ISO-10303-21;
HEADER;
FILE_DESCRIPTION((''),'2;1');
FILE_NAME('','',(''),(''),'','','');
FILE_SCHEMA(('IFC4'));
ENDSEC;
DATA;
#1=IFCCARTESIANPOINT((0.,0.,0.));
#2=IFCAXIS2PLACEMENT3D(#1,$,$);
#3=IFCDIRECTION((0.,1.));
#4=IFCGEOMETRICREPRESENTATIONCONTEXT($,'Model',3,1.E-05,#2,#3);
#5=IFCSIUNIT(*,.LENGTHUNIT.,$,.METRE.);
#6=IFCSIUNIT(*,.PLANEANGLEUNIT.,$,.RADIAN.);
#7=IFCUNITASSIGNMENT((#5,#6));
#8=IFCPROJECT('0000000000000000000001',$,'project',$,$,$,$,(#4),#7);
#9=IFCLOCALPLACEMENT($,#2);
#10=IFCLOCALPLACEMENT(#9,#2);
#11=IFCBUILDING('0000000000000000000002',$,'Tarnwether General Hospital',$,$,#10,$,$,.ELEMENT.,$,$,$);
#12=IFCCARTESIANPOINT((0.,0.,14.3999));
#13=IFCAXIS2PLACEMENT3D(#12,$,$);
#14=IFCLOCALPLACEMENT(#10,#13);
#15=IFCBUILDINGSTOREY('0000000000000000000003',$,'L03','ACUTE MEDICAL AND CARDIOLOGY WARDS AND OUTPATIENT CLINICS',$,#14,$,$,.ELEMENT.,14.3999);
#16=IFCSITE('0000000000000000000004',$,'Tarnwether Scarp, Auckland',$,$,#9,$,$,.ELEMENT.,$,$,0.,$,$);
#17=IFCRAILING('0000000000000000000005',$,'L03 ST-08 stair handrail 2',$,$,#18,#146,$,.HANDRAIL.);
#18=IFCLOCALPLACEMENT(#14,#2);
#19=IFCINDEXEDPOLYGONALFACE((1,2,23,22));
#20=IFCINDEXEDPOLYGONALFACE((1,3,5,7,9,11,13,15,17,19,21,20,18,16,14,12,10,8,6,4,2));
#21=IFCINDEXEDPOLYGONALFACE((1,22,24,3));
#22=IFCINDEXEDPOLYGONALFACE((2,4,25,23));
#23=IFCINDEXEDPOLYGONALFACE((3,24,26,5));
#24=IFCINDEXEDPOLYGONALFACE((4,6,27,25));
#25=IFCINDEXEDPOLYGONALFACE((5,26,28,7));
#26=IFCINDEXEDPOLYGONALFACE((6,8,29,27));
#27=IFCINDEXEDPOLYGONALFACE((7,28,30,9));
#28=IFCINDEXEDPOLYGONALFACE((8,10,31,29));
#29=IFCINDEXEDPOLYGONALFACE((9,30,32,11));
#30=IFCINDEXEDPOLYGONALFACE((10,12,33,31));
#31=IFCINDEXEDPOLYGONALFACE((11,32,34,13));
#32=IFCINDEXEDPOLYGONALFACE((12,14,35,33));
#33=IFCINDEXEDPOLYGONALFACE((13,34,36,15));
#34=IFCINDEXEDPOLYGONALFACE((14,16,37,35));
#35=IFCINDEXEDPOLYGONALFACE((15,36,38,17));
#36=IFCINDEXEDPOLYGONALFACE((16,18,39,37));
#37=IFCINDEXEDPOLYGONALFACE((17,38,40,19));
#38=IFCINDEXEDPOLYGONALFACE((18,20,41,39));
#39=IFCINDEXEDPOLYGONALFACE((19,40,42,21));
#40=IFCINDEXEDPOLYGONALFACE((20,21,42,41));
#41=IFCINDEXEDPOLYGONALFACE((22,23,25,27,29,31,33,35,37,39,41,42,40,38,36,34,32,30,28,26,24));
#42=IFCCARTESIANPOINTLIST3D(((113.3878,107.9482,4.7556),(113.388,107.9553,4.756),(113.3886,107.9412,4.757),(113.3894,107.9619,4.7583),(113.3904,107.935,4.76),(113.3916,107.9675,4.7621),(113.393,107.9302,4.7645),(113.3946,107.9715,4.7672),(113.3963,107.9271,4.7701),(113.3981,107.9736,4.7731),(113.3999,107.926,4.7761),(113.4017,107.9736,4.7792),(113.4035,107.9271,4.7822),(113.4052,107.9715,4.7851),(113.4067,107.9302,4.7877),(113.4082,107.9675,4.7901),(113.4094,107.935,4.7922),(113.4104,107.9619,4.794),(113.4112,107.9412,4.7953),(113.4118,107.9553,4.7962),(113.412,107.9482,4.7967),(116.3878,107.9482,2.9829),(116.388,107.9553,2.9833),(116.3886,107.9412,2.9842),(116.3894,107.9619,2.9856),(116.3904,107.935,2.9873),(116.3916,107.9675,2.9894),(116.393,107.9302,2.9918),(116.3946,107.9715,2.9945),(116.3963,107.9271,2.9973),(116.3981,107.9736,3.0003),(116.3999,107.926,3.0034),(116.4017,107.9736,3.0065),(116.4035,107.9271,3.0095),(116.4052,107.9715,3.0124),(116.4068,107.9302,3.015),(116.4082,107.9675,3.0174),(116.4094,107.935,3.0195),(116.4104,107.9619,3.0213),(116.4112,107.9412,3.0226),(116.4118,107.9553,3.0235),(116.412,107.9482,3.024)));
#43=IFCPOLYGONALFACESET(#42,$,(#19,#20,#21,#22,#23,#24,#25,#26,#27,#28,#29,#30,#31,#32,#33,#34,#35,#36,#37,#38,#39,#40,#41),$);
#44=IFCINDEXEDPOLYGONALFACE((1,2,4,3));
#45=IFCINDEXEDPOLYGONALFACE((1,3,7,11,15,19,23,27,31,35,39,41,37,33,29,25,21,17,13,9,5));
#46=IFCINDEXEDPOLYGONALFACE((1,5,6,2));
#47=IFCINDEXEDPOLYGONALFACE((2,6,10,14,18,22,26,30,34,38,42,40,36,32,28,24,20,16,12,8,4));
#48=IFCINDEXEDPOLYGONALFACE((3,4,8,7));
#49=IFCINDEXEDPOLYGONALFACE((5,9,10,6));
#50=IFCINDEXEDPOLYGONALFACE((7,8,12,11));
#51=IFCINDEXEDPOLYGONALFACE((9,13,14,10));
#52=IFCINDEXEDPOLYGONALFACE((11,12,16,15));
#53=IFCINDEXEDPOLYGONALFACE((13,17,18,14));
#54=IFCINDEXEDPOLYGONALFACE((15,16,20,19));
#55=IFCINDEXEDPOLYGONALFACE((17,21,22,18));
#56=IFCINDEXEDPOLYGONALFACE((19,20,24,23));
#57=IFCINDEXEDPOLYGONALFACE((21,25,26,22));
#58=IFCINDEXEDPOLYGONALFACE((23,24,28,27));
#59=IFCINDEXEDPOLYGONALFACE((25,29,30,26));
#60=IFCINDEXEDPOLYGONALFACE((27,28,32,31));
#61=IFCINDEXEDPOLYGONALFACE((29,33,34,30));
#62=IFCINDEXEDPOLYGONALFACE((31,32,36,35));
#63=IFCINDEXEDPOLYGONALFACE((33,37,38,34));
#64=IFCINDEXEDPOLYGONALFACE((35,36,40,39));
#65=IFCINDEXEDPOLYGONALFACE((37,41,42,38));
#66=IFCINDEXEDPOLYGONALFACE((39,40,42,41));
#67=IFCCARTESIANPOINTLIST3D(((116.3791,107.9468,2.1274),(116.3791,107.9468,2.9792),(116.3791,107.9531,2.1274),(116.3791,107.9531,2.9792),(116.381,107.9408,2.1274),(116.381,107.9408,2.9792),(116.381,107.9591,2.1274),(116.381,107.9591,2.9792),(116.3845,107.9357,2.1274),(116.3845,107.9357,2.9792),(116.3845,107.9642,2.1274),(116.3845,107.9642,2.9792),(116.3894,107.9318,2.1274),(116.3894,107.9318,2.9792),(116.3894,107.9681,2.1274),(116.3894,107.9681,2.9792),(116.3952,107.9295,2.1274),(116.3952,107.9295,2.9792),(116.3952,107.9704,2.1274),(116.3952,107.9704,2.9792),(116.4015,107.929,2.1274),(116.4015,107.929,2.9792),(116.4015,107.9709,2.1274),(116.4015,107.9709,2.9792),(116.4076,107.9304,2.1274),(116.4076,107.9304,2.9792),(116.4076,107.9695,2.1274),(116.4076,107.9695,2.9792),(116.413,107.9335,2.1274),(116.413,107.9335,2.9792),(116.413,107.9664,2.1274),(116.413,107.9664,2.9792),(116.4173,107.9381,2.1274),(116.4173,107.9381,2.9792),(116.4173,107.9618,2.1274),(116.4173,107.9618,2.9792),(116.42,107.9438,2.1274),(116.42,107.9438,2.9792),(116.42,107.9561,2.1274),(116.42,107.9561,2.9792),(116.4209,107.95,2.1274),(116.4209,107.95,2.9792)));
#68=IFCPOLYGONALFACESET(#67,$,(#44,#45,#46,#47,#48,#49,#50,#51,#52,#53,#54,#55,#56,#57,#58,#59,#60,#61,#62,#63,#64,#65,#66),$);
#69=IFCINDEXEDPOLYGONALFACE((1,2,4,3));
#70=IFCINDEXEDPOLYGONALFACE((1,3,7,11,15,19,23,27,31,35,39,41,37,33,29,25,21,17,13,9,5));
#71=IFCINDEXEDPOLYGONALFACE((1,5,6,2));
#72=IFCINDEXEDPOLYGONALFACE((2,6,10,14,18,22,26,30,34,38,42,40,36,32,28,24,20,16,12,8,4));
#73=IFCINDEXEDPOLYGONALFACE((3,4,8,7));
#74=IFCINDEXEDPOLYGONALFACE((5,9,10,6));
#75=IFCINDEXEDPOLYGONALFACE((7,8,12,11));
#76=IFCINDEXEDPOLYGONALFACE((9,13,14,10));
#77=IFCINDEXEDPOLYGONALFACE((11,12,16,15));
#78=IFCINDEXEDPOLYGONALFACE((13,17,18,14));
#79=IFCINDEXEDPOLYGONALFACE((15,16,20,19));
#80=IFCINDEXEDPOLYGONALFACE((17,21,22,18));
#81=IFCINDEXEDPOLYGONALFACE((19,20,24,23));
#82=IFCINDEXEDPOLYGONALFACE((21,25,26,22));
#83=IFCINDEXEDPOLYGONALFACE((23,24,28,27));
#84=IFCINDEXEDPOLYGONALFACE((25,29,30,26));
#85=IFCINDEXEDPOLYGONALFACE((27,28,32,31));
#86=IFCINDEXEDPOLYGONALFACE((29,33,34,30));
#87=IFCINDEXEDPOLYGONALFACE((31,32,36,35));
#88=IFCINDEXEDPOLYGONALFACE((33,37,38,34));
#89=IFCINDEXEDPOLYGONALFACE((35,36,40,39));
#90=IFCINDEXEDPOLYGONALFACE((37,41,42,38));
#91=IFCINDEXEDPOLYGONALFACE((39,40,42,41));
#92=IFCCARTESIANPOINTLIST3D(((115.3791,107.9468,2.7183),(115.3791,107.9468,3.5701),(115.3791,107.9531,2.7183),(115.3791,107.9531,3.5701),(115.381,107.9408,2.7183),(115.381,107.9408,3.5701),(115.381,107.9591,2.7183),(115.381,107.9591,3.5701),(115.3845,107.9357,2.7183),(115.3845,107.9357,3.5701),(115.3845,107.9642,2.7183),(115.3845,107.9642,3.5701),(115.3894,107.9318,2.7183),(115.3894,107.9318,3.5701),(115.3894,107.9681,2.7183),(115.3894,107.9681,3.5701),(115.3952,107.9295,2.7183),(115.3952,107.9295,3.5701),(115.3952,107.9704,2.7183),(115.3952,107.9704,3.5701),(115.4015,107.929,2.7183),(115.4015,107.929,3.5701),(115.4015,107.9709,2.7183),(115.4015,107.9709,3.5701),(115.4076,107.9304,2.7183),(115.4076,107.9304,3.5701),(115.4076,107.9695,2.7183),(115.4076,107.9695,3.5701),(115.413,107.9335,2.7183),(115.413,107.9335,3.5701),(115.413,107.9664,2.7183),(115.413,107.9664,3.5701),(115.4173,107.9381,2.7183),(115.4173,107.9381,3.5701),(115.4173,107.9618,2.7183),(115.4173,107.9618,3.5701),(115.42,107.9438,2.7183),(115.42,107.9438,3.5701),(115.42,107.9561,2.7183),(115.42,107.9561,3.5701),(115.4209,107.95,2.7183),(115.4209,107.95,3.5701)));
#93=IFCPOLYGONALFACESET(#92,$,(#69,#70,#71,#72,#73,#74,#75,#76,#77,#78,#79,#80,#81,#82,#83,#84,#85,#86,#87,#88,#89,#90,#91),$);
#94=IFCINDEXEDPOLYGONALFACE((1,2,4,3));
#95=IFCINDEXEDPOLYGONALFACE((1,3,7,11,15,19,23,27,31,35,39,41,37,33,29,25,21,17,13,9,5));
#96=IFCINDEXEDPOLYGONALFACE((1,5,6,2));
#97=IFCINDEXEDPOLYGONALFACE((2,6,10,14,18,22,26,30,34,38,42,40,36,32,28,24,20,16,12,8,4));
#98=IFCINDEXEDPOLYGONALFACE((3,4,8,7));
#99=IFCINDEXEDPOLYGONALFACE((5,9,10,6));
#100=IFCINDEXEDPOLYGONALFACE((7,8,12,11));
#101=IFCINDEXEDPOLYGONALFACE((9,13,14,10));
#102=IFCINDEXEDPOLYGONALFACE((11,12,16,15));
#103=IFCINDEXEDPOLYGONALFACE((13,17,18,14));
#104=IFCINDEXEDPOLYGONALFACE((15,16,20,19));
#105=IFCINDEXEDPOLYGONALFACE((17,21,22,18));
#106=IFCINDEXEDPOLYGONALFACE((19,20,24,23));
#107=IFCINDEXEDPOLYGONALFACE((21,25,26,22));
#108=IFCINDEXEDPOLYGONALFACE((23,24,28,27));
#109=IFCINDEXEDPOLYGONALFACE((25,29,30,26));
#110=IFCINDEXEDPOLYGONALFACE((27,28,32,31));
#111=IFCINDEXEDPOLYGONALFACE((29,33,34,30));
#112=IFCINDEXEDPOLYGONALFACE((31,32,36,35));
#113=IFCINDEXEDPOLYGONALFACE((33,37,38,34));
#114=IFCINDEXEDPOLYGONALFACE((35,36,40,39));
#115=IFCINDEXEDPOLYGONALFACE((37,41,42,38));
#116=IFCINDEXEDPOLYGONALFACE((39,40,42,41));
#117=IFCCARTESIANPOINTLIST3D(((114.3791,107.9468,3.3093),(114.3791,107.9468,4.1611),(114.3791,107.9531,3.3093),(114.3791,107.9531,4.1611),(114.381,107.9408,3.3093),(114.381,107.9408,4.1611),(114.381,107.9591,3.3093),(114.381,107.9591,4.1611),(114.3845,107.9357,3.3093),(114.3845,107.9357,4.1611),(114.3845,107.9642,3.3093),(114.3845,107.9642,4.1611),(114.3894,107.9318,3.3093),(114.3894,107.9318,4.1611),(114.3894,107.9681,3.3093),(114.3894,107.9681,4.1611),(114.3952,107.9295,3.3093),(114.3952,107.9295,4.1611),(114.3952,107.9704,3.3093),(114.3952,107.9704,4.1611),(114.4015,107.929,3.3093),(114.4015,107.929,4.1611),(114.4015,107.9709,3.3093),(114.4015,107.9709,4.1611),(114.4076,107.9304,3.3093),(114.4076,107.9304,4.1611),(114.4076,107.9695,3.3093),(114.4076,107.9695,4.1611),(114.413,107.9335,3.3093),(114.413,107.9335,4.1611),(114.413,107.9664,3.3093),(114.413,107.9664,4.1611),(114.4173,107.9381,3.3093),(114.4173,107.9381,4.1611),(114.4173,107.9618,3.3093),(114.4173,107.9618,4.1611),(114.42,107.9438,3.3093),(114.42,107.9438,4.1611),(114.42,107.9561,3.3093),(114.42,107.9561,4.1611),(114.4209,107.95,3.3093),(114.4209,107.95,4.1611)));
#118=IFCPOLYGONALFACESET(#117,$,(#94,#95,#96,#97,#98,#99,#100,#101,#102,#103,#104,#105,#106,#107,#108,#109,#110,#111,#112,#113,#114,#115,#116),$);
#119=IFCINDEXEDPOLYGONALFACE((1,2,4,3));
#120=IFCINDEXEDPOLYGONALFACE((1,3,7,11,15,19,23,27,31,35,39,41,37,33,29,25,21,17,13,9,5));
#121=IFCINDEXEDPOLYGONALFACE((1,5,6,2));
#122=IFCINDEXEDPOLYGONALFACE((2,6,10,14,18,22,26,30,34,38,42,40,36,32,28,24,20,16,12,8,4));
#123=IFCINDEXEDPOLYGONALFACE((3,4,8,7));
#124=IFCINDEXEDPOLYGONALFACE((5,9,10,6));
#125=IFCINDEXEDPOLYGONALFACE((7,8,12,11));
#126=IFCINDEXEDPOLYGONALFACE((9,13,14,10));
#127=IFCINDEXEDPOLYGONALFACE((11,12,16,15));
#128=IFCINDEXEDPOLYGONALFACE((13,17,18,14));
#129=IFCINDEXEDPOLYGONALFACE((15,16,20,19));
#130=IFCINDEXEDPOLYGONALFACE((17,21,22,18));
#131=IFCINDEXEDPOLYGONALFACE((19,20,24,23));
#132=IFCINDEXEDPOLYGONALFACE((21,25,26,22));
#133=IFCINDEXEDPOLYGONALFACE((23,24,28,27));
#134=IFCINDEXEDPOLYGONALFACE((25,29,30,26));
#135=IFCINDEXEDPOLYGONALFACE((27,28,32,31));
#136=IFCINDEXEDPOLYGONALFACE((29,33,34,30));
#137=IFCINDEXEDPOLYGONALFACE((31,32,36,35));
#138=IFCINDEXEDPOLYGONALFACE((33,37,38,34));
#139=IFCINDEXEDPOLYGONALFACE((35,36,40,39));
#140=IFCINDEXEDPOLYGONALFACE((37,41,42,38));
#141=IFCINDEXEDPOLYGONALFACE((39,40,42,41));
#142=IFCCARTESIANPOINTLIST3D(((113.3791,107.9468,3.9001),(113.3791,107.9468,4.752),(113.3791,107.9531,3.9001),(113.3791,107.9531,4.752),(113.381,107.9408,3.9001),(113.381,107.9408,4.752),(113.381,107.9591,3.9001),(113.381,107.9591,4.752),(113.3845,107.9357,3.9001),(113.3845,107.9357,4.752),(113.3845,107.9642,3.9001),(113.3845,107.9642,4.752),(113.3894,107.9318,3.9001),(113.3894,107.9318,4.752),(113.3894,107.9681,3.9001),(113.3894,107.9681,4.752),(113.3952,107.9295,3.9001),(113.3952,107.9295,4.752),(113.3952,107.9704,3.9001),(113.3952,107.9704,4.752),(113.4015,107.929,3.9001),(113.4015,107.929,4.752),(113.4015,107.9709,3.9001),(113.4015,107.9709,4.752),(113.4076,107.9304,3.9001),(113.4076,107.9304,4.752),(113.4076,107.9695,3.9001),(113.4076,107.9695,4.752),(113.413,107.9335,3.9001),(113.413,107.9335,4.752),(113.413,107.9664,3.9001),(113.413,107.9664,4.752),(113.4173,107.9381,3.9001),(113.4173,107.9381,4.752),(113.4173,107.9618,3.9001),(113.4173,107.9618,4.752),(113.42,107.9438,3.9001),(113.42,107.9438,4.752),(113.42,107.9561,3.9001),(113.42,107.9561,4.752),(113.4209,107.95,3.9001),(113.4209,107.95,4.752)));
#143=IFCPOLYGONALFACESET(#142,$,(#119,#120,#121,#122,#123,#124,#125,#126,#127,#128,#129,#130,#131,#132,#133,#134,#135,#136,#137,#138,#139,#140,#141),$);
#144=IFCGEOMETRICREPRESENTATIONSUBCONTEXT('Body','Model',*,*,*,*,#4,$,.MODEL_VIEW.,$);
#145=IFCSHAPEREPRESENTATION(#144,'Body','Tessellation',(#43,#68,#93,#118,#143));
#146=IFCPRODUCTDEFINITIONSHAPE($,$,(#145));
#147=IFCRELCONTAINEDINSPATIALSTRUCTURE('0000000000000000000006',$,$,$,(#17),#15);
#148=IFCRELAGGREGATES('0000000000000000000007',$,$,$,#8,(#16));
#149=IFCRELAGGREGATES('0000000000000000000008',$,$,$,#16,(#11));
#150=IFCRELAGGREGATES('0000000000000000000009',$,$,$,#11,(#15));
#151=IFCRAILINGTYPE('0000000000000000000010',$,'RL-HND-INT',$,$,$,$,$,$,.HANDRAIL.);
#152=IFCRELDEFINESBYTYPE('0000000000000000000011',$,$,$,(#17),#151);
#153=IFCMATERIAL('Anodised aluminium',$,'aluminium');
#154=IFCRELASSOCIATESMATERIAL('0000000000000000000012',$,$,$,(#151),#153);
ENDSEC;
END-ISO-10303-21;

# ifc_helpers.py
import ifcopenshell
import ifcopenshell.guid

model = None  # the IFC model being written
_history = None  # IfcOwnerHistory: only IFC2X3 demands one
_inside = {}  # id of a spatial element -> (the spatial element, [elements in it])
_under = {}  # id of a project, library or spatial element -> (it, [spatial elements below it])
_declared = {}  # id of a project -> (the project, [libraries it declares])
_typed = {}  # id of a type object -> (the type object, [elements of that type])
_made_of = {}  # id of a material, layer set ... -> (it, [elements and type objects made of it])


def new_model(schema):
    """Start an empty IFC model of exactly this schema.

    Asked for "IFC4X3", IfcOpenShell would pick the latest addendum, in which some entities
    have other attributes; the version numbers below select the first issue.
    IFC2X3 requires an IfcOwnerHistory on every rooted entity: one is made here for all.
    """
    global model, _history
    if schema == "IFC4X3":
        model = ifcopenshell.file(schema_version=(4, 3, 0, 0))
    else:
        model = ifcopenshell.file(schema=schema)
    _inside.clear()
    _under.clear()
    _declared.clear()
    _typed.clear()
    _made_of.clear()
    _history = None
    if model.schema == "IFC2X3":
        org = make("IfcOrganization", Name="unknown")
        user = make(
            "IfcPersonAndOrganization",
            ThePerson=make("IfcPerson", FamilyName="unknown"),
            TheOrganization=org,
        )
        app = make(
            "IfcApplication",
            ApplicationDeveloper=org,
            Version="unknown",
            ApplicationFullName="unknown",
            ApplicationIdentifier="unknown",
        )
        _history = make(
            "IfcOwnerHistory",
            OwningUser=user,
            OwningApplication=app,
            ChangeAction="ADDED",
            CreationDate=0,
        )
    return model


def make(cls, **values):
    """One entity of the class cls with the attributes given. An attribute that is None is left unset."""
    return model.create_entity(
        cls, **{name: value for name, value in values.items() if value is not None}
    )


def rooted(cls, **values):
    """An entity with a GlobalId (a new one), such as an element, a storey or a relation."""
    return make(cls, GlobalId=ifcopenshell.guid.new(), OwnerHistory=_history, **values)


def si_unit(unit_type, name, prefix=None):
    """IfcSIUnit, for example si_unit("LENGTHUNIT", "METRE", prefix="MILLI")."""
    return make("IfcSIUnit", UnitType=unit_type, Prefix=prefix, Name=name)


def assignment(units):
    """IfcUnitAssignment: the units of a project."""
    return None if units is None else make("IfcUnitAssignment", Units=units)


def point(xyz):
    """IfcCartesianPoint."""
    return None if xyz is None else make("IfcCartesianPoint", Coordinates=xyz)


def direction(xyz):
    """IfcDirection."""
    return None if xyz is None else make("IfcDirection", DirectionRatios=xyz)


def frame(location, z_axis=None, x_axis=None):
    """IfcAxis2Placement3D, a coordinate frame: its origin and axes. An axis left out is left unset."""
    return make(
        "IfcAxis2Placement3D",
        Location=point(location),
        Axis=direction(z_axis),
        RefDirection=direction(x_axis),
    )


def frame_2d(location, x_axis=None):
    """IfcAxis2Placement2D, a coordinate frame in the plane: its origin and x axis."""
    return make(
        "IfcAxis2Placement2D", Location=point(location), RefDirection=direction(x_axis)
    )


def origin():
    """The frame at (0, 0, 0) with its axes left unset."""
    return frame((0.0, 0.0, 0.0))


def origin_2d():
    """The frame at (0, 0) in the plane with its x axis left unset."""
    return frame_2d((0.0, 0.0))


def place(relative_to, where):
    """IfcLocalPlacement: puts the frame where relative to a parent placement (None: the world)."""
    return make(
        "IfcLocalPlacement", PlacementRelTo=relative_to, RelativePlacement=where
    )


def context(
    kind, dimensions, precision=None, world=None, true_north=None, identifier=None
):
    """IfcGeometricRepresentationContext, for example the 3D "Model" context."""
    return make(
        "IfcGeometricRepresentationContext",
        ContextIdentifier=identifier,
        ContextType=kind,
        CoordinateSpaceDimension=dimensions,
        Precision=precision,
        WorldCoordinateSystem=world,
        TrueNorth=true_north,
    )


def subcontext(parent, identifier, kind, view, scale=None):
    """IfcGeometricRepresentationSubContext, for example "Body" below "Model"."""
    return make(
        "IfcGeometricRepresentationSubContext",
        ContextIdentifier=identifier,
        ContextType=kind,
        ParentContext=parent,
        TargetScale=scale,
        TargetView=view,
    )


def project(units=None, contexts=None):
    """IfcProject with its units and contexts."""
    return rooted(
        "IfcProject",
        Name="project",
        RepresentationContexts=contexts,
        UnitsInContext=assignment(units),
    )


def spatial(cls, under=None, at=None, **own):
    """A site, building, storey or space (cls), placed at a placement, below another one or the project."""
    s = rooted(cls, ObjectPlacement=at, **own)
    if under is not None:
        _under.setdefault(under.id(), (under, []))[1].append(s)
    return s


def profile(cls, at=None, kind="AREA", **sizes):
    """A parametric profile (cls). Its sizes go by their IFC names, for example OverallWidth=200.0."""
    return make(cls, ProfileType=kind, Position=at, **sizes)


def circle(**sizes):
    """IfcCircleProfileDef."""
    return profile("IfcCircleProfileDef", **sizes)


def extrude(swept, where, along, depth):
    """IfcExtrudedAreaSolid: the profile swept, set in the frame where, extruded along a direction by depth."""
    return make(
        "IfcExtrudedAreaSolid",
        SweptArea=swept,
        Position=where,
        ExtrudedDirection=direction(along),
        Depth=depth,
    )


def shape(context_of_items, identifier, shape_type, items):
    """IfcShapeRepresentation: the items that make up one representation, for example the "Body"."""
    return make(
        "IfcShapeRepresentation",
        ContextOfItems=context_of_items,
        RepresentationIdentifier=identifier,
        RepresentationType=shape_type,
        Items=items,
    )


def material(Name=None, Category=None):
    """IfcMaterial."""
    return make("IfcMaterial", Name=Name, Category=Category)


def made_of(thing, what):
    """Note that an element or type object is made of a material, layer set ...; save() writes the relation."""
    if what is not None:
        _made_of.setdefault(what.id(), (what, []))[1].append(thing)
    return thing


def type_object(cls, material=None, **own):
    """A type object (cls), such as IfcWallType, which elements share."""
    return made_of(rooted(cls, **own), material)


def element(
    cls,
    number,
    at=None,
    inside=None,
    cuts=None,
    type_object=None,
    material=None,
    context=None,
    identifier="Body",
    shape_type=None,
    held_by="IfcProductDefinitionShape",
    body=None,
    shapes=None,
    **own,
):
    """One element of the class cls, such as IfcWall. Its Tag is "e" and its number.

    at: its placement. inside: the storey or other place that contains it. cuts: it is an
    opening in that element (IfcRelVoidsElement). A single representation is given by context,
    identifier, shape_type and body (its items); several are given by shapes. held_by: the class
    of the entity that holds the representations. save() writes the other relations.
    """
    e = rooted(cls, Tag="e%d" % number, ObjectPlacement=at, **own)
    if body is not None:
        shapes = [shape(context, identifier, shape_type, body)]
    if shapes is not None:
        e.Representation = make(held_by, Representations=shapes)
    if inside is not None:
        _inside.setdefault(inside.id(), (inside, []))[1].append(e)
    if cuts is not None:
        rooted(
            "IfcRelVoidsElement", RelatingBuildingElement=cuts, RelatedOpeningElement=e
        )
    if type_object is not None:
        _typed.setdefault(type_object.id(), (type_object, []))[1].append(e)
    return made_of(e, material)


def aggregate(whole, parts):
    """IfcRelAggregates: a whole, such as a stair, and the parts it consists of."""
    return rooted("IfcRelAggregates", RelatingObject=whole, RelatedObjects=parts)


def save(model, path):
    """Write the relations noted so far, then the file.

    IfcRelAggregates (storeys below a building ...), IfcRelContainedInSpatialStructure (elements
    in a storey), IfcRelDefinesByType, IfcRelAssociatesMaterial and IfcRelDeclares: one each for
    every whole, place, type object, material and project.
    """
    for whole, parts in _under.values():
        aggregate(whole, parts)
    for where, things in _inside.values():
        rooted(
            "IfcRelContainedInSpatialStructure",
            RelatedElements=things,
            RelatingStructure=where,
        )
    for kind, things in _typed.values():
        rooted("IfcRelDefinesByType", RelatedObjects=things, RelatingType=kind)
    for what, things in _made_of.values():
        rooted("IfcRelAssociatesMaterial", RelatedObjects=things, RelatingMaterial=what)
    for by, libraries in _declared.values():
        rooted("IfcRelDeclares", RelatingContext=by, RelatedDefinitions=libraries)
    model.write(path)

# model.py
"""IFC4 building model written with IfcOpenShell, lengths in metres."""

from ifc_helpers import new_model, si_unit, direction, frame, origin, origin_2d, place, context, subcontext, project, spatial, circle, extrude, material, type_object, element, save


model = new_model("IFC4")

# Units and contexts
model_context = context("Model", 3, precision=1e-05, world=origin(), true_north=direction((0.0, 1.0)))
body_context = subcontext(model_context, "Body", "Model", "MODEL_VIEW")
ifc_project = project(units=[si_unit("LENGTHUNIT", "METRE"), si_unit("PLANEANGLEUNIT", "RADIAN")], contexts=[model_context])

# Site, building, storey
site_placement = place(None, origin())
site = spatial("IfcSite", under=ifc_project, at=site_placement, Name="Tarnwether Scarp, Auckland", CompositionType="ELEMENT", RefElevation=0.0)
building_placement = place(site_placement, origin())
building = spatial("IfcBuilding", under=site, at=building_placement, Name="Tarnwether General Hospital", CompositionType="ELEMENT")
storey_placement = place(building_placement, frame((0.0, 0.0, 14.3999)))
storey = spatial("IfcBuildingStorey", under=building, at=storey_placement, Name="L03", Description="ACUTE MEDICAL AND CARDIOLOGY WARDS AND OUTPATIENT CLINICS", CompositionType="ELEMENT", Elevation=14.3999)

# Railing
ifc_material_1 = material(Name="Anodised aluminium", Category="aluminium")
railing_type_1 = type_object("IfcRailingType", Name="RL-HND-INT", PredefinedType="HANDRAIL", material=ifc_material_1)
railing_1_placement = place(storey_placement, frame((116.3999, 107.95, 2.1274)))
element("IfcRailing", 1, at=railing_1_placement, inside=storey, type_object=railing_type_1, Name="L03 ST-08 stair handrail 2", PredefinedType="HANDRAIL", context=body_context, shape_type="SweptSolid", body=[
    extrude(circle(Radius=0.0239, at=origin_2d()), frame((0.0, 0.0, 0.876), z_axis=(-0.860929, 0.0, 0.508725), x_axis=(0.0, -1.0, 0.0)), (0.0, 0.0, 1.0), 3.4846),
    extrude(circle(Radius=0.021, at=origin_2d()), origin(), (0.0, 0.0, 1.0), 0.8518),
    extrude(circle(Radius=0.021, at=origin_2d()), frame((-1.0, 0.0, 0.5908)), (0.0, 0.0, 1.0), 0.8518),
    extrude(circle(Radius=0.021, at=origin_2d()), frame((-2.0, 0.0, 1.1819)), (0.0, 0.0, 1.0), 0.8518),
    extrude(circle(Radius=0.021, at=origin_2d()), frame((-3.0, 0.0, 1.7727)), (0.0, 0.0, 1.0), 0.8518),
])

save(model, "model.ifc")
